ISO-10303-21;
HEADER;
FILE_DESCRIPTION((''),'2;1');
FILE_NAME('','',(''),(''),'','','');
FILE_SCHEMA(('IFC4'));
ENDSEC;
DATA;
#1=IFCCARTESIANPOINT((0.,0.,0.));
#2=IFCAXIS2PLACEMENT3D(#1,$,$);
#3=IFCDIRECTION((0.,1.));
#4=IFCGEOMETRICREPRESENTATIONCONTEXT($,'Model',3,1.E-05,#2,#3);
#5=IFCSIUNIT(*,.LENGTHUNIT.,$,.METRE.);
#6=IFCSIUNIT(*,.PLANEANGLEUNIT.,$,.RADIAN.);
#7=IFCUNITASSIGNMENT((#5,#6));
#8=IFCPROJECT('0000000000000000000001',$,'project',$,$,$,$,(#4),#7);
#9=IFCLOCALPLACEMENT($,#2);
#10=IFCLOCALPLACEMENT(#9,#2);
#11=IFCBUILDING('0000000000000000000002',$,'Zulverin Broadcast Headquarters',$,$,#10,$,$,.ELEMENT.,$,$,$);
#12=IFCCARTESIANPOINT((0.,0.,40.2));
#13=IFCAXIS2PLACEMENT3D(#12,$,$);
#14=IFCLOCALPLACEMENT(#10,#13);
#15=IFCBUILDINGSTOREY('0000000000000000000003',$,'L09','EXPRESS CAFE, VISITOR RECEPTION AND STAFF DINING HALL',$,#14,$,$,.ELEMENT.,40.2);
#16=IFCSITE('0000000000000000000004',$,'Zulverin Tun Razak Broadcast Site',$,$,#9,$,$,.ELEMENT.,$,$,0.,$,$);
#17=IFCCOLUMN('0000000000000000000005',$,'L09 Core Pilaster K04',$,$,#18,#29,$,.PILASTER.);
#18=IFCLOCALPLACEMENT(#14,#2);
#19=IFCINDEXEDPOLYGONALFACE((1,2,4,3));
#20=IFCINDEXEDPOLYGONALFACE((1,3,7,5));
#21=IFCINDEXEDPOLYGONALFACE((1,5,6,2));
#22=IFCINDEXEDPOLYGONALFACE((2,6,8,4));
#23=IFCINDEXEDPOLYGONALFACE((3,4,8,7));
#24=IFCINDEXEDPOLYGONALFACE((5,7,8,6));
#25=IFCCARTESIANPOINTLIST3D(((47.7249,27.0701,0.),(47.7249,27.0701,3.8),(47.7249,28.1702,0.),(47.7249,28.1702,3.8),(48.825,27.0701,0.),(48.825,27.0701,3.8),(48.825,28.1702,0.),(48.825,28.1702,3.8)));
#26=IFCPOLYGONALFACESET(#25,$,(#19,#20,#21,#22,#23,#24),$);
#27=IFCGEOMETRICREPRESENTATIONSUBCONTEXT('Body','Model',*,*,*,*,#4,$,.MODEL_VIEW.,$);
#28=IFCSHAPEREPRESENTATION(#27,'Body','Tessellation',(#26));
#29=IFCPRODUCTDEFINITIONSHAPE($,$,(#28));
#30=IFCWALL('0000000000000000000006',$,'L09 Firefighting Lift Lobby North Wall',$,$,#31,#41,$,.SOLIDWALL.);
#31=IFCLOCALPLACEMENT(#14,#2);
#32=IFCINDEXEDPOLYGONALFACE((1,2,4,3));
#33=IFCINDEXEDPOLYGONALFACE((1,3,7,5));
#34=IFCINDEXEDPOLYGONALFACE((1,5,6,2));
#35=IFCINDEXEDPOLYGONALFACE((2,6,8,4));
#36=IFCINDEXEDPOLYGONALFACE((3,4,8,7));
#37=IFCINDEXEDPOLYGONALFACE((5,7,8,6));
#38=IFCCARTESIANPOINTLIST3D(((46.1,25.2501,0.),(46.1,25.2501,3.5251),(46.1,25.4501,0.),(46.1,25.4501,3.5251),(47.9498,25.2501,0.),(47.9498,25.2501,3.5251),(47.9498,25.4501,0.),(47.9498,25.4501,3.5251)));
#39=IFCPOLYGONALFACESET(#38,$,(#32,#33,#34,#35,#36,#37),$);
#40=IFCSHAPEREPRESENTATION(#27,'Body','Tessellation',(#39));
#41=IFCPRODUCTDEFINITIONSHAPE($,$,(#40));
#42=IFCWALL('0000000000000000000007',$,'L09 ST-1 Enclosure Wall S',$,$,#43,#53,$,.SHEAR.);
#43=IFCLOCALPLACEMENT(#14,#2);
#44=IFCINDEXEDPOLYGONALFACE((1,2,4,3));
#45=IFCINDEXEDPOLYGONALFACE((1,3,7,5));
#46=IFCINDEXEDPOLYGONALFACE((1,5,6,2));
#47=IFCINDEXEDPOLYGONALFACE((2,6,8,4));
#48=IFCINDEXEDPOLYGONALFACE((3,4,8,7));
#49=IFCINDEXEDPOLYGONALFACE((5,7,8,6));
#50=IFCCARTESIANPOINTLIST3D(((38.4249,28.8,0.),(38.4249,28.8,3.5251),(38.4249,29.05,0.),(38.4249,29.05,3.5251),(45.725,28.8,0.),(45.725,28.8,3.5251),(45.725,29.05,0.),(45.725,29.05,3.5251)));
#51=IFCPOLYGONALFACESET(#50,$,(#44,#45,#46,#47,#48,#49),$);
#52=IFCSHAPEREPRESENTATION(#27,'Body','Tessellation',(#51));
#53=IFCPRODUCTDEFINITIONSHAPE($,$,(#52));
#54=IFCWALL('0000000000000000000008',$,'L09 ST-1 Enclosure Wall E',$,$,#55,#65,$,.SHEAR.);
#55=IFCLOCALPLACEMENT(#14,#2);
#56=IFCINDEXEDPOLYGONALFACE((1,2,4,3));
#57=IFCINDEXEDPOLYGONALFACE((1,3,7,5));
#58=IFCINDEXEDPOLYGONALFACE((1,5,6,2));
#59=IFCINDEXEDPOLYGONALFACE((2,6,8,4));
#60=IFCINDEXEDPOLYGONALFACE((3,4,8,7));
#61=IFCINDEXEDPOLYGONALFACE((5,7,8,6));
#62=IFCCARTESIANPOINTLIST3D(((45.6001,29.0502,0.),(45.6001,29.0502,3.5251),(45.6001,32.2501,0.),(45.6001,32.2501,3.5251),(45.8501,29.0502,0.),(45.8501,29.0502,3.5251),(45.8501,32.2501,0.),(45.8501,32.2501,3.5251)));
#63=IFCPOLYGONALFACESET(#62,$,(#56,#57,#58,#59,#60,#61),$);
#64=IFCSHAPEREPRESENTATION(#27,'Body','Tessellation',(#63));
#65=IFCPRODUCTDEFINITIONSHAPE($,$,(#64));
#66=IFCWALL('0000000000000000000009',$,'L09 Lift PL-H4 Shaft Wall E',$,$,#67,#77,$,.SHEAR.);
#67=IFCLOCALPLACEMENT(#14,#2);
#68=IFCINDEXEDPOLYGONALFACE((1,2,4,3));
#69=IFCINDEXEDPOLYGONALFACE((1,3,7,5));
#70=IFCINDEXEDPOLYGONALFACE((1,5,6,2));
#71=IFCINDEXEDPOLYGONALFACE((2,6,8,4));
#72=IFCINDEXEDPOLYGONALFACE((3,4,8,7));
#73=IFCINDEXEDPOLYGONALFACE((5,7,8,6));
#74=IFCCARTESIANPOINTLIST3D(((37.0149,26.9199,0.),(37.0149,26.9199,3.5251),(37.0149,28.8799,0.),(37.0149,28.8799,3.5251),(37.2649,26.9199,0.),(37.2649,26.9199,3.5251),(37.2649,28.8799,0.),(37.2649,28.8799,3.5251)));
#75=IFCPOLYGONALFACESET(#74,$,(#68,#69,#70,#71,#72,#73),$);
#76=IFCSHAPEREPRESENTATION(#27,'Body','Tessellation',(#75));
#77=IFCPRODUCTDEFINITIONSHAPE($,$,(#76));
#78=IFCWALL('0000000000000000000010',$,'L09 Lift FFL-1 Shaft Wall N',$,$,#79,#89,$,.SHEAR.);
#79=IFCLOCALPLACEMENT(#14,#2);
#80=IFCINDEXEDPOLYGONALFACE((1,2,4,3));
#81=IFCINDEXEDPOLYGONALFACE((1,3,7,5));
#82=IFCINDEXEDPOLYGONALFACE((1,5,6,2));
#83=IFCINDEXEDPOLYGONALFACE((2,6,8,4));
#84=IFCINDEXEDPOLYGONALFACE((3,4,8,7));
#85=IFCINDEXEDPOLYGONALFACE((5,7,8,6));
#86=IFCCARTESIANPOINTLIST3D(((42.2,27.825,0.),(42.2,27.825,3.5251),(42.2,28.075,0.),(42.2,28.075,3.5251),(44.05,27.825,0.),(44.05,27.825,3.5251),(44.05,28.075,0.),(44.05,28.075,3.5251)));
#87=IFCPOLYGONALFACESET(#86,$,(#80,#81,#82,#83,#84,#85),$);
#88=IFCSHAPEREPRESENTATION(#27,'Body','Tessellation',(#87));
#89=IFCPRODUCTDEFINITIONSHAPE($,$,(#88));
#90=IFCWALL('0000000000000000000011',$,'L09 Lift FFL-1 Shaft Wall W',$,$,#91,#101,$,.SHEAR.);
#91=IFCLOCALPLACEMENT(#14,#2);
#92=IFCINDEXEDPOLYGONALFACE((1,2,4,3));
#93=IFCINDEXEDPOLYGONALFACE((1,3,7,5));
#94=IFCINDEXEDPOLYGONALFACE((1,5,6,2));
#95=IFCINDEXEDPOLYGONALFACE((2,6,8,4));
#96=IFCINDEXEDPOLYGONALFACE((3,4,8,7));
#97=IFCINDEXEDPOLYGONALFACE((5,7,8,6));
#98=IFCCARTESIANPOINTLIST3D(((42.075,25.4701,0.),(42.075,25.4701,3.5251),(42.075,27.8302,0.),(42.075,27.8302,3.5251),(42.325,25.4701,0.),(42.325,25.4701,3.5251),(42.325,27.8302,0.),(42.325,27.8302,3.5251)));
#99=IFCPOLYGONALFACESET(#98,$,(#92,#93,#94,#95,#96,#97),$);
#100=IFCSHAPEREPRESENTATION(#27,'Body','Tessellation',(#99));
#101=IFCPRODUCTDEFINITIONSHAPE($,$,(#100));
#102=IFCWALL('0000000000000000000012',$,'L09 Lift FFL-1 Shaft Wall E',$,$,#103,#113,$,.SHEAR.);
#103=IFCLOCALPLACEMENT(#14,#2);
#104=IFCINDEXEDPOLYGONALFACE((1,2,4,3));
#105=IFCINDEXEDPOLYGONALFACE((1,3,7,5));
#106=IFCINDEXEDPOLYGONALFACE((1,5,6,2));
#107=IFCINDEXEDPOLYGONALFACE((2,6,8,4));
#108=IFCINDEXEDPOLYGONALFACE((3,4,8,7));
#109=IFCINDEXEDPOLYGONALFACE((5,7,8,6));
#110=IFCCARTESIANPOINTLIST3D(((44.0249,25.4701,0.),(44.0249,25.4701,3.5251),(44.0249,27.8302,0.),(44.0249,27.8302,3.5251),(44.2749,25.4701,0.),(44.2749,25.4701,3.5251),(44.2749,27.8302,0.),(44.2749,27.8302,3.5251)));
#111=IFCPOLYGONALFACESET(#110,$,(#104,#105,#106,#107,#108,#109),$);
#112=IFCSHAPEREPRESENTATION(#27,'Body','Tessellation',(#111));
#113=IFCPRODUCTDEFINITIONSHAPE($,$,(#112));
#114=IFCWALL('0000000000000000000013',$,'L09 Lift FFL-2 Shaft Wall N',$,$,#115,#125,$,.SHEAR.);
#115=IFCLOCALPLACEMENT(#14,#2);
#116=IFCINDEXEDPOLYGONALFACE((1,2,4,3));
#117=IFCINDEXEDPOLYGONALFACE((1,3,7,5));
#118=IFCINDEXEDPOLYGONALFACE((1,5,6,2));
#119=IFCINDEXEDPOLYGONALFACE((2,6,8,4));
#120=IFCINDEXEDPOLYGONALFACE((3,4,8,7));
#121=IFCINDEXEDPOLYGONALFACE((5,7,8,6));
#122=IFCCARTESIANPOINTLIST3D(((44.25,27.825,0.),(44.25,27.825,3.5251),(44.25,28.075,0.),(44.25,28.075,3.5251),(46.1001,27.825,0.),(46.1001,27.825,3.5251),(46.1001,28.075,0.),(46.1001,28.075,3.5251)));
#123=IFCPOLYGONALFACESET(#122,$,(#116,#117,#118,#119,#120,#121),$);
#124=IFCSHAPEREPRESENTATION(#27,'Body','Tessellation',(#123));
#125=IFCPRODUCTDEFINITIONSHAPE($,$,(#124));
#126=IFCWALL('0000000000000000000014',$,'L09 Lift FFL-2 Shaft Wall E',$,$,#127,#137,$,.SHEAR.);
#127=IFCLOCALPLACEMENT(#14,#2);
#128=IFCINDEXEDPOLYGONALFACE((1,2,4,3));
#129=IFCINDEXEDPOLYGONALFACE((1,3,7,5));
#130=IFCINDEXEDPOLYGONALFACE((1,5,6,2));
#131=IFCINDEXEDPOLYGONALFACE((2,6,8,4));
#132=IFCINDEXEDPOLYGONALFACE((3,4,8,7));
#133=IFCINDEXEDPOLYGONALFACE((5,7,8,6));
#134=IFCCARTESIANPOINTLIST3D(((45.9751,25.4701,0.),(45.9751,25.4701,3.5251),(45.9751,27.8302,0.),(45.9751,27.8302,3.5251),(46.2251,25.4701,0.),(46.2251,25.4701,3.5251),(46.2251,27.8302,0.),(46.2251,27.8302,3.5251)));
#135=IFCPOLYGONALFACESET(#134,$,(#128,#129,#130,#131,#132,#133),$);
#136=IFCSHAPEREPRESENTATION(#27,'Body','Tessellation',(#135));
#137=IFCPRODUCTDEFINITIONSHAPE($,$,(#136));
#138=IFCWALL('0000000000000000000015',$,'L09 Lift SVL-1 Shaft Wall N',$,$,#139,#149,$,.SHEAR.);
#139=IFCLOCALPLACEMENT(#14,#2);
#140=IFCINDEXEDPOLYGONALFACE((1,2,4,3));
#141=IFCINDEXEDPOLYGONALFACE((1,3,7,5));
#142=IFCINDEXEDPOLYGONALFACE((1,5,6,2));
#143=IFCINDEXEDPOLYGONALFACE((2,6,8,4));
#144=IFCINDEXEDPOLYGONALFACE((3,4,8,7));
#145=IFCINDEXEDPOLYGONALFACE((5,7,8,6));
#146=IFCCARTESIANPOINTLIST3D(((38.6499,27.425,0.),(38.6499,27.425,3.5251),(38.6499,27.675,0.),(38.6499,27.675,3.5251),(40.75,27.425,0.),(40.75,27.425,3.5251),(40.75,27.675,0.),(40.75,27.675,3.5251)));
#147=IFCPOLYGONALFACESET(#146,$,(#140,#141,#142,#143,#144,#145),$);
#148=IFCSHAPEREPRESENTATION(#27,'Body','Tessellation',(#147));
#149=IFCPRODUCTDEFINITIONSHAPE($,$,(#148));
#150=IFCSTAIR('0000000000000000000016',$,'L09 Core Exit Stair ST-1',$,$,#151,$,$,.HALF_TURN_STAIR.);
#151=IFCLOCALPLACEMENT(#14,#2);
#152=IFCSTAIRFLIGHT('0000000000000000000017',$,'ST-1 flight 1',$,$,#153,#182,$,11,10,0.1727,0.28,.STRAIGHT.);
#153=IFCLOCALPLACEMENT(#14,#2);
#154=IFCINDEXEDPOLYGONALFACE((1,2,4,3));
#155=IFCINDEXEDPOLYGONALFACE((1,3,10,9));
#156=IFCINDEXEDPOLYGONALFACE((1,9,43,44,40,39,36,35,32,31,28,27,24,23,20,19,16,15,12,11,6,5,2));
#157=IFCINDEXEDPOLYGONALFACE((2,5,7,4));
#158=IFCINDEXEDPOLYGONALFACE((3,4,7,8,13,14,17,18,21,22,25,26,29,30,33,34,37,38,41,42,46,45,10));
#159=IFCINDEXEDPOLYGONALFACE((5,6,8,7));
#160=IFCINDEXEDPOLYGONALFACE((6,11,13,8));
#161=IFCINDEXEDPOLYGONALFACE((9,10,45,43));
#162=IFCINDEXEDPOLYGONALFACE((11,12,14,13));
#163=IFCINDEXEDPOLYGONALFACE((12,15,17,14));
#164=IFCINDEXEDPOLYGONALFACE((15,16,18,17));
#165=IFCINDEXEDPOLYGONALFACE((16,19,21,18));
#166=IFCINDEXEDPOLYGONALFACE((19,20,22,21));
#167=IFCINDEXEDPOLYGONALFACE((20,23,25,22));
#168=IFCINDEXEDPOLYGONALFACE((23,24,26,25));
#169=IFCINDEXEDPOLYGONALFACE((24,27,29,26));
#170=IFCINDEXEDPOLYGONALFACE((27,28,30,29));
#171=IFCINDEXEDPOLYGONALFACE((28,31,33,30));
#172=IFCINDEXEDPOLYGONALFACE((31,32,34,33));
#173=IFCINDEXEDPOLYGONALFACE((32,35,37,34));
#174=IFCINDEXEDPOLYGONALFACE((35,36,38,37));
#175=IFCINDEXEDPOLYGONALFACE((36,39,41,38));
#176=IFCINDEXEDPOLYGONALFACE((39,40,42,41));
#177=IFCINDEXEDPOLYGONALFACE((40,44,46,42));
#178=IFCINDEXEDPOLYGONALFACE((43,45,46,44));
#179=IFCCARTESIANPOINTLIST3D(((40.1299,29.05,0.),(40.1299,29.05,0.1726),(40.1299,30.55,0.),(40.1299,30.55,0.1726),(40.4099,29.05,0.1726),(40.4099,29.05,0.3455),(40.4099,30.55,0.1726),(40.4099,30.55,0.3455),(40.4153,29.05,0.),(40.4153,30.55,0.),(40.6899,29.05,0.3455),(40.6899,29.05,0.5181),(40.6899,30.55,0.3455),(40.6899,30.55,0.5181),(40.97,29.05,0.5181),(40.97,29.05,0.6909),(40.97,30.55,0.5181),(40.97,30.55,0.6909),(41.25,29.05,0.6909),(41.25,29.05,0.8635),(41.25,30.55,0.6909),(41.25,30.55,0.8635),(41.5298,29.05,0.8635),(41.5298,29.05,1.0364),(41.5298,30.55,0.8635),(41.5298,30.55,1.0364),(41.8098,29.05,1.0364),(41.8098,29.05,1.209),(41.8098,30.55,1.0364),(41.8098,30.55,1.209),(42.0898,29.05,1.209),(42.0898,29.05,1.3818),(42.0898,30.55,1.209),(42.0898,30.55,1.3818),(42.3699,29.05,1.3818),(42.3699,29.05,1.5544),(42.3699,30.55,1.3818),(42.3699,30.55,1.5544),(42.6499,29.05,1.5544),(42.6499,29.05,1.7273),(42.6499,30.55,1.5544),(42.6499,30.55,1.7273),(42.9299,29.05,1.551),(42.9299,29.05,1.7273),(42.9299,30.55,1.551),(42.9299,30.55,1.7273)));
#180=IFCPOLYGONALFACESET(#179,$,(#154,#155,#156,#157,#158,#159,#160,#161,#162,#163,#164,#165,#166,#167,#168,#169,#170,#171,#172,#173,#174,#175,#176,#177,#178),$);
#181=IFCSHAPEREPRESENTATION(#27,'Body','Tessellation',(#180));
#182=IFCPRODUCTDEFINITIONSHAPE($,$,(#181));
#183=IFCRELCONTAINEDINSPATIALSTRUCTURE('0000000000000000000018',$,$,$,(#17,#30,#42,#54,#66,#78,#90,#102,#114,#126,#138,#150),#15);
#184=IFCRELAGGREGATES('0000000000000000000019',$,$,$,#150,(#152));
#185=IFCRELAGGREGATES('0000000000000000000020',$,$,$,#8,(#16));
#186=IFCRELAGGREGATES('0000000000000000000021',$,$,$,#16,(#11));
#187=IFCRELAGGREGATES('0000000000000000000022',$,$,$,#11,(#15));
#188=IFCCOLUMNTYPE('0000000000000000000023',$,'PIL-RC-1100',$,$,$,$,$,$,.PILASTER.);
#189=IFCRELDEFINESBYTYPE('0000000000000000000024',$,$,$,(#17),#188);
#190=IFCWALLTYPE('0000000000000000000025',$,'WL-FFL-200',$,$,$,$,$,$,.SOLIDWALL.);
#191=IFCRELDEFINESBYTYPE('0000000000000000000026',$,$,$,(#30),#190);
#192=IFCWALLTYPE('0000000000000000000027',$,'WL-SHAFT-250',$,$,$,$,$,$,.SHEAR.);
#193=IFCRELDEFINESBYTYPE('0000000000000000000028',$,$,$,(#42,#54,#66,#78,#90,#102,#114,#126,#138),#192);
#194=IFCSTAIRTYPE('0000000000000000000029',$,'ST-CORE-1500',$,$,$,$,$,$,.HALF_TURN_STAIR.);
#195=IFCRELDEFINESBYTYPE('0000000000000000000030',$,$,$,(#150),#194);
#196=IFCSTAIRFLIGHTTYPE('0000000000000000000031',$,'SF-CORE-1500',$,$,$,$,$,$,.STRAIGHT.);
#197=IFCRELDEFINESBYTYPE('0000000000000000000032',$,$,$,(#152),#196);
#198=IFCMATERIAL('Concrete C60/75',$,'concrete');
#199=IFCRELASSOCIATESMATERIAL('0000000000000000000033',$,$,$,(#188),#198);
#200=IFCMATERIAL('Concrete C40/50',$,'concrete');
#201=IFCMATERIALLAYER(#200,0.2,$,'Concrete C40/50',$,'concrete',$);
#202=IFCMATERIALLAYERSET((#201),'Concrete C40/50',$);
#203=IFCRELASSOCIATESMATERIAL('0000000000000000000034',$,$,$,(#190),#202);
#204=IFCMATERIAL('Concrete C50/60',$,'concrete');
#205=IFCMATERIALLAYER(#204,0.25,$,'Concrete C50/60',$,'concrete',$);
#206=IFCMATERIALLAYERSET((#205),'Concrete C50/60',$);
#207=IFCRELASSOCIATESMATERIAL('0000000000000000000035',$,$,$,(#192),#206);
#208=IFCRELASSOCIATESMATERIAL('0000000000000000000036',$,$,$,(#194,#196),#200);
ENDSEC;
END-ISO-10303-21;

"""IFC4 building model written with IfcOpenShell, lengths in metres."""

from ifc_helpers import new_model, si_unit, direction, frame, frame_2d, origin, origin_2d, place, context, subcontext, project, spatial, polyline, rectangle, outline, extrude, material, layer, layer_set, material_profile, profile_set, type_object, element, aggregate, save


model = new_model("IFC4")

# Units and contexts
model_context = context("Model", 3, precision=1e-05, world=origin(), true_north=direction((0.0, 1.0)))
body_context = subcontext(model_context, "Body", "Model", "MODEL_VIEW")
ifc_project = project(units=[si_unit("LENGTHUNIT", "METRE"), si_unit("PLANEANGLEUNIT", "RADIAN")], contexts=[model_context])

# Site, building, storey
site_placement = place(None, origin())
site = spatial("IfcSite", under=ifc_project, at=site_placement, Name="Zulverin Tun Razak Broadcast Site", CompositionType="ELEMENT", RefElevation=0.0)
building_placement = place(site_placement, origin())
building = spatial("IfcBuilding", under=site, at=building_placement, Name="Zulverin Broadcast Headquarters", CompositionType="ELEMENT")
storey_placement = place(building_placement, frame((0.0, 0.0, 40.2)))
storey = spatial("IfcBuildingStorey", under=building, at=storey_placement, Name="L09", Description="EXPRESS CAFE, VISITOR RECEPTION AND STAFF DINING HALL", CompositionType="ELEMENT", Elevation=40.2)

# Column
ifc_material_1 = material(Name="Concrete C60/75", Category="concrete")
ifc_material_profile = material_profile(ifc_material_1, rectangle(XDim=1.1001, YDim=1.1001, at=origin_2d()), Name="Concrete C60/75", Category="concrete")
ifc_profile_set = profile_set([ifc_material_profile], Name="Concrete C60/75")
column_type = type_object("IfcColumnType", Name="PIL-RC-1100", PredefinedType="PILASTER", material=ifc_profile_set)
column_placement = place(storey_placement, frame((48.2749, 27.6201, 0.0), z_axis=(0.0, 0.0, 1.0), x_axis=(1.0, 0.0, 0.0)))
element("IfcColumn", 1, at=column_placement, inside=storey, type_object=column_type, Name="L09 Core Pilaster K04", PredefinedType="PILASTER", context=body_context, shape_type="SweptSolid", body=[
    extrude(rectangle(XDim=1.1001, YDim=1.1001, at=origin_2d()), origin(), (0.0, 0.0, 1.0), 3.8),
])

# Walls
ifc_material_2 = material(Name="Concrete C40/50", Category="concrete")
ifc_layer_1 = layer(ifc_material_2, 0.2, Name="Concrete C40/50", Category="concrete")
ifc_layer_set_1 = layer_set([ifc_layer_1], Name="Concrete C40/50")
wall_type_1 = type_object("IfcWallType", Name="WL-FFL-200", PredefinedType="SOLIDWALL", material=ifc_layer_set_1)
wall_1_placement = place(storey_placement, frame((46.1001, 25.3501, 0.0), z_axis=(0.0, 0.0, 1.0), x_axis=(1.0, 0.0, 0.0)))
element("IfcWall", 2, at=wall_1_placement, inside=storey, type_object=wall_type_1, Name="L09 Firefighting Lift Lobby North Wall", PredefinedType="SOLIDWALL", context=body_context, shape_type="SweptSolid", body=[
    extrude(rectangle(XDim=1.8499, YDim=0.2, at=frame_2d((0.9248, 0.0))), origin(), (0.0, 0.0, 1.0), 3.5251),
])
ifc_material_3 = material(Name="Concrete C50/60", Category="concrete")
ifc_layer_2 = layer(ifc_material_3, 0.25, Name="Concrete C50/60", Category="concrete")
ifc_layer_set_2 = layer_set([ifc_layer_2], Name="Concrete C50/60")
wall_type_2 = type_object("IfcWallType", Name="WL-SHAFT-250", PredefinedType="SHEAR", material=ifc_layer_set_2)
wall_2_placement = place(storey_placement, frame((38.425, 28.925, 0.0), z_axis=(0.0, 0.0, 1.0), x_axis=(1.0, 0.0, 0.0)))
element("IfcWall", 3, at=wall_2_placement, inside=storey, type_object=wall_type_2, Name="L09 ST-1 Enclosure Wall S", PredefinedType="SHEAR", context=body_context, shape_type="SweptSolid", body=[
    extrude(rectangle(XDim=7.3, YDim=0.25, at=frame_2d((3.6499, 0.0))), origin(), (0.0, 0.0, 1.0), 3.5251),
])

# Walls
wall_3_placement = place(storey_placement, frame((45.7251, 29.05, 0.0), z_axis=(0.0, 0.0, 1.0), x_axis=(0.0, 1.0, 0.0)))
element("IfcWall", 4, at=wall_3_placement, inside=storey, type_object=wall_type_2, Name="L09 ST-1 Enclosure Wall E", PredefinedType="SHEAR", context=body_context, shape_type="SweptSolid", body=[
    extrude(rectangle(XDim=3.2, YDim=0.25, at=frame_2d((1.6001, 0.0))), origin(), (0.0, 0.0, 1.0), 3.5251),
])
wall_4_placement = place(storey_placement, frame((37.1399, 26.9199, 0.0), z_axis=(0.0, 0.0, 1.0), x_axis=(0.0, 1.0, 0.0)))
element("IfcWall", 5, at=wall_4_placement, inside=storey, type_object=wall_type_2, Name="L09 Lift PL-H4 Shaft Wall E", PredefinedType="SHEAR", context=body_context, shape_type="SweptSolid", body=[
    extrude(rectangle(XDim=1.96, YDim=0.25, at=frame_2d((0.98, 0.0))), origin(), (0.0, 0.0, 1.0), 3.5251),
])
wall_5_placement = place(storey_placement, frame((42.2, 27.95, 0.0), z_axis=(0.0, 0.0, 1.0), x_axis=(1.0, 0.0, 0.0)))
element("IfcWall", 6, at=wall_5_placement, inside=storey, type_object=wall_type_2, Name="L09 Lift FFL-1 Shaft Wall N", PredefinedType="SHEAR", context=body_context, shape_type="SweptSolid", body=[
    extrude(rectangle(XDim=1.8501, YDim=0.25, at=frame_2d((0.925, 0.0))), origin(), (0.0, 0.0, 1.0), 3.5251),
])
for number, where, z_axis, x_axis, name in (
    (7, (42.2, 25.47, 0.0), (0.0, 0.0, 1.0), (0.0, 1.0, 0.0), "L09 Lift FFL-1 Shaft Wall W"),
    (8, (44.1499, 25.47, 0.0), (0.0, 0.0, 1.0), (0.0, 1.0, 0.0), "L09 Lift FFL-1 Shaft Wall E"),
):
    element("IfcWall", number, at=place(storey_placement, frame(where, z_axis=z_axis, x_axis=x_axis)), inside=storey, type_object=wall_type_2, Name=name, PredefinedType="SHEAR", context=body_context, shape_type="SweptSolid", body=[
        extrude(rectangle(XDim=2.3601, YDim=0.25, at=frame_2d((1.1802, 0.0))), origin(), (0.0, 0.0, 1.0), 3.5251),
    ])
wall_6_placement = place(storey_placement, frame((44.25, 27.95, 0.0), z_axis=(0.0, 0.0, 1.0), x_axis=(1.0, 0.0, 0.0)))
element("IfcWall", 9, at=wall_6_placement, inside=storey, type_object=wall_type_2, Name="L09 Lift FFL-2 Shaft Wall N", PredefinedType="SHEAR", context=body_context, shape_type="SweptSolid", body=[
    extrude(rectangle(XDim=1.8501, YDim=0.25, at=frame_2d((0.925, 0.0))), origin(), (0.0, 0.0, 1.0), 3.5251),
])
wall_7_placement = place(storey_placement, frame((46.1001, 25.47, 0.0), z_axis=(0.0, 0.0, 1.0), x_axis=(0.0, 1.0, 0.0)))
element("IfcWall", 10, at=wall_7_placement, inside=storey, type_object=wall_type_2, Name="L09 Lift FFL-2 Shaft Wall E", PredefinedType="SHEAR", context=body_context, shape_type="SweptSolid", body=[
    extrude(rectangle(XDim=2.3601, YDim=0.25, at=frame_2d((1.1802, 0.0))), origin(), (0.0, 0.0, 1.0), 3.5251),
])
wall_8_placement = place(storey_placement, frame((38.6499, 27.55, 0.0), z_axis=(0.0, 0.0, 1.0), x_axis=(1.0, 0.0, 0.0)))
element("IfcWall", 11, at=wall_8_placement, inside=storey, type_object=wall_type_2, Name="L09 Lift SVL-1 Shaft Wall N", PredefinedType="SHEAR", context=body_context, shape_type="SweptSolid", body=[
    extrude(rectangle(XDim=2.1001, YDim=0.25, at=frame_2d((1.05, 0.0))), origin(), (0.0, 0.0, 1.0), 3.5251),
])

# Stair, stair flight
stair_type = type_object("IfcStairType", Name="ST-CORE-1500", PredefinedType="HALF_TURN_STAIR", material=ifc_material_2)
stair_placement = place(storey_placement, origin())
stair = element("IfcStair", 12, at=stair_placement, inside=storey, type_object=stair_type, Name="L09 Core Exit Stair ST-1", PredefinedType="HALF_TURN_STAIR")
stair_flight_type = type_object("IfcStairFlightType", Name="SF-CORE-1500", PredefinedType="STRAIGHT", material=ifc_material_2)
stair_flight_placement = place(storey_placement, frame((40.1299, 29.8, 0.0), z_axis=(0.0, 0.0, 1.0), x_axis=(1.0, 0.0, 0.0)))
stair_flight = element("IfcStairFlight", 13, at=stair_flight_placement, type_object=stair_flight_type, Name="ST-1 flight 1", NumberOfRisers=11, NumberOfTreads=10, PredefinedType="STRAIGHT", RiserHeight=0.1727, TreadLength=0.28, context=body_context, shape_type="SweptSolid", body=[
    extrude(outline(polyline([(0.0, 0.0), (0.0, 0.1726), (0.28, 0.1726), (0.28, 0.3455), (0.5601, 0.3455), (0.5601, 0.5181), (0.8401, 0.5181), (0.8401, 0.6909), (1.1201, 0.6909), (1.1201, 0.8635), (1.3999, 0.8635), (1.3999, 1.0364), (1.6799, 1.0364), (1.6799, 1.209), (1.96, 1.209), (1.96, 1.3818), (2.24, 1.3818), (2.24, 1.5544), (2.52, 1.5544), (2.52, 1.7273), (2.8, 1.7273), (2.8, 1.8999), (2.8, 1.551), (0.2854, 0.0), (0.0, 0.0)])), frame((0.0, 0.75, 0.0), z_axis=(0.0, -1.0, 0.0), x_axis=(1.0, 0.0, 0.0)), (0.0, 0.0, 1.0), 1.5),
])
aggregate(stair, [stair_flight])

save(model, "model.ifc")
